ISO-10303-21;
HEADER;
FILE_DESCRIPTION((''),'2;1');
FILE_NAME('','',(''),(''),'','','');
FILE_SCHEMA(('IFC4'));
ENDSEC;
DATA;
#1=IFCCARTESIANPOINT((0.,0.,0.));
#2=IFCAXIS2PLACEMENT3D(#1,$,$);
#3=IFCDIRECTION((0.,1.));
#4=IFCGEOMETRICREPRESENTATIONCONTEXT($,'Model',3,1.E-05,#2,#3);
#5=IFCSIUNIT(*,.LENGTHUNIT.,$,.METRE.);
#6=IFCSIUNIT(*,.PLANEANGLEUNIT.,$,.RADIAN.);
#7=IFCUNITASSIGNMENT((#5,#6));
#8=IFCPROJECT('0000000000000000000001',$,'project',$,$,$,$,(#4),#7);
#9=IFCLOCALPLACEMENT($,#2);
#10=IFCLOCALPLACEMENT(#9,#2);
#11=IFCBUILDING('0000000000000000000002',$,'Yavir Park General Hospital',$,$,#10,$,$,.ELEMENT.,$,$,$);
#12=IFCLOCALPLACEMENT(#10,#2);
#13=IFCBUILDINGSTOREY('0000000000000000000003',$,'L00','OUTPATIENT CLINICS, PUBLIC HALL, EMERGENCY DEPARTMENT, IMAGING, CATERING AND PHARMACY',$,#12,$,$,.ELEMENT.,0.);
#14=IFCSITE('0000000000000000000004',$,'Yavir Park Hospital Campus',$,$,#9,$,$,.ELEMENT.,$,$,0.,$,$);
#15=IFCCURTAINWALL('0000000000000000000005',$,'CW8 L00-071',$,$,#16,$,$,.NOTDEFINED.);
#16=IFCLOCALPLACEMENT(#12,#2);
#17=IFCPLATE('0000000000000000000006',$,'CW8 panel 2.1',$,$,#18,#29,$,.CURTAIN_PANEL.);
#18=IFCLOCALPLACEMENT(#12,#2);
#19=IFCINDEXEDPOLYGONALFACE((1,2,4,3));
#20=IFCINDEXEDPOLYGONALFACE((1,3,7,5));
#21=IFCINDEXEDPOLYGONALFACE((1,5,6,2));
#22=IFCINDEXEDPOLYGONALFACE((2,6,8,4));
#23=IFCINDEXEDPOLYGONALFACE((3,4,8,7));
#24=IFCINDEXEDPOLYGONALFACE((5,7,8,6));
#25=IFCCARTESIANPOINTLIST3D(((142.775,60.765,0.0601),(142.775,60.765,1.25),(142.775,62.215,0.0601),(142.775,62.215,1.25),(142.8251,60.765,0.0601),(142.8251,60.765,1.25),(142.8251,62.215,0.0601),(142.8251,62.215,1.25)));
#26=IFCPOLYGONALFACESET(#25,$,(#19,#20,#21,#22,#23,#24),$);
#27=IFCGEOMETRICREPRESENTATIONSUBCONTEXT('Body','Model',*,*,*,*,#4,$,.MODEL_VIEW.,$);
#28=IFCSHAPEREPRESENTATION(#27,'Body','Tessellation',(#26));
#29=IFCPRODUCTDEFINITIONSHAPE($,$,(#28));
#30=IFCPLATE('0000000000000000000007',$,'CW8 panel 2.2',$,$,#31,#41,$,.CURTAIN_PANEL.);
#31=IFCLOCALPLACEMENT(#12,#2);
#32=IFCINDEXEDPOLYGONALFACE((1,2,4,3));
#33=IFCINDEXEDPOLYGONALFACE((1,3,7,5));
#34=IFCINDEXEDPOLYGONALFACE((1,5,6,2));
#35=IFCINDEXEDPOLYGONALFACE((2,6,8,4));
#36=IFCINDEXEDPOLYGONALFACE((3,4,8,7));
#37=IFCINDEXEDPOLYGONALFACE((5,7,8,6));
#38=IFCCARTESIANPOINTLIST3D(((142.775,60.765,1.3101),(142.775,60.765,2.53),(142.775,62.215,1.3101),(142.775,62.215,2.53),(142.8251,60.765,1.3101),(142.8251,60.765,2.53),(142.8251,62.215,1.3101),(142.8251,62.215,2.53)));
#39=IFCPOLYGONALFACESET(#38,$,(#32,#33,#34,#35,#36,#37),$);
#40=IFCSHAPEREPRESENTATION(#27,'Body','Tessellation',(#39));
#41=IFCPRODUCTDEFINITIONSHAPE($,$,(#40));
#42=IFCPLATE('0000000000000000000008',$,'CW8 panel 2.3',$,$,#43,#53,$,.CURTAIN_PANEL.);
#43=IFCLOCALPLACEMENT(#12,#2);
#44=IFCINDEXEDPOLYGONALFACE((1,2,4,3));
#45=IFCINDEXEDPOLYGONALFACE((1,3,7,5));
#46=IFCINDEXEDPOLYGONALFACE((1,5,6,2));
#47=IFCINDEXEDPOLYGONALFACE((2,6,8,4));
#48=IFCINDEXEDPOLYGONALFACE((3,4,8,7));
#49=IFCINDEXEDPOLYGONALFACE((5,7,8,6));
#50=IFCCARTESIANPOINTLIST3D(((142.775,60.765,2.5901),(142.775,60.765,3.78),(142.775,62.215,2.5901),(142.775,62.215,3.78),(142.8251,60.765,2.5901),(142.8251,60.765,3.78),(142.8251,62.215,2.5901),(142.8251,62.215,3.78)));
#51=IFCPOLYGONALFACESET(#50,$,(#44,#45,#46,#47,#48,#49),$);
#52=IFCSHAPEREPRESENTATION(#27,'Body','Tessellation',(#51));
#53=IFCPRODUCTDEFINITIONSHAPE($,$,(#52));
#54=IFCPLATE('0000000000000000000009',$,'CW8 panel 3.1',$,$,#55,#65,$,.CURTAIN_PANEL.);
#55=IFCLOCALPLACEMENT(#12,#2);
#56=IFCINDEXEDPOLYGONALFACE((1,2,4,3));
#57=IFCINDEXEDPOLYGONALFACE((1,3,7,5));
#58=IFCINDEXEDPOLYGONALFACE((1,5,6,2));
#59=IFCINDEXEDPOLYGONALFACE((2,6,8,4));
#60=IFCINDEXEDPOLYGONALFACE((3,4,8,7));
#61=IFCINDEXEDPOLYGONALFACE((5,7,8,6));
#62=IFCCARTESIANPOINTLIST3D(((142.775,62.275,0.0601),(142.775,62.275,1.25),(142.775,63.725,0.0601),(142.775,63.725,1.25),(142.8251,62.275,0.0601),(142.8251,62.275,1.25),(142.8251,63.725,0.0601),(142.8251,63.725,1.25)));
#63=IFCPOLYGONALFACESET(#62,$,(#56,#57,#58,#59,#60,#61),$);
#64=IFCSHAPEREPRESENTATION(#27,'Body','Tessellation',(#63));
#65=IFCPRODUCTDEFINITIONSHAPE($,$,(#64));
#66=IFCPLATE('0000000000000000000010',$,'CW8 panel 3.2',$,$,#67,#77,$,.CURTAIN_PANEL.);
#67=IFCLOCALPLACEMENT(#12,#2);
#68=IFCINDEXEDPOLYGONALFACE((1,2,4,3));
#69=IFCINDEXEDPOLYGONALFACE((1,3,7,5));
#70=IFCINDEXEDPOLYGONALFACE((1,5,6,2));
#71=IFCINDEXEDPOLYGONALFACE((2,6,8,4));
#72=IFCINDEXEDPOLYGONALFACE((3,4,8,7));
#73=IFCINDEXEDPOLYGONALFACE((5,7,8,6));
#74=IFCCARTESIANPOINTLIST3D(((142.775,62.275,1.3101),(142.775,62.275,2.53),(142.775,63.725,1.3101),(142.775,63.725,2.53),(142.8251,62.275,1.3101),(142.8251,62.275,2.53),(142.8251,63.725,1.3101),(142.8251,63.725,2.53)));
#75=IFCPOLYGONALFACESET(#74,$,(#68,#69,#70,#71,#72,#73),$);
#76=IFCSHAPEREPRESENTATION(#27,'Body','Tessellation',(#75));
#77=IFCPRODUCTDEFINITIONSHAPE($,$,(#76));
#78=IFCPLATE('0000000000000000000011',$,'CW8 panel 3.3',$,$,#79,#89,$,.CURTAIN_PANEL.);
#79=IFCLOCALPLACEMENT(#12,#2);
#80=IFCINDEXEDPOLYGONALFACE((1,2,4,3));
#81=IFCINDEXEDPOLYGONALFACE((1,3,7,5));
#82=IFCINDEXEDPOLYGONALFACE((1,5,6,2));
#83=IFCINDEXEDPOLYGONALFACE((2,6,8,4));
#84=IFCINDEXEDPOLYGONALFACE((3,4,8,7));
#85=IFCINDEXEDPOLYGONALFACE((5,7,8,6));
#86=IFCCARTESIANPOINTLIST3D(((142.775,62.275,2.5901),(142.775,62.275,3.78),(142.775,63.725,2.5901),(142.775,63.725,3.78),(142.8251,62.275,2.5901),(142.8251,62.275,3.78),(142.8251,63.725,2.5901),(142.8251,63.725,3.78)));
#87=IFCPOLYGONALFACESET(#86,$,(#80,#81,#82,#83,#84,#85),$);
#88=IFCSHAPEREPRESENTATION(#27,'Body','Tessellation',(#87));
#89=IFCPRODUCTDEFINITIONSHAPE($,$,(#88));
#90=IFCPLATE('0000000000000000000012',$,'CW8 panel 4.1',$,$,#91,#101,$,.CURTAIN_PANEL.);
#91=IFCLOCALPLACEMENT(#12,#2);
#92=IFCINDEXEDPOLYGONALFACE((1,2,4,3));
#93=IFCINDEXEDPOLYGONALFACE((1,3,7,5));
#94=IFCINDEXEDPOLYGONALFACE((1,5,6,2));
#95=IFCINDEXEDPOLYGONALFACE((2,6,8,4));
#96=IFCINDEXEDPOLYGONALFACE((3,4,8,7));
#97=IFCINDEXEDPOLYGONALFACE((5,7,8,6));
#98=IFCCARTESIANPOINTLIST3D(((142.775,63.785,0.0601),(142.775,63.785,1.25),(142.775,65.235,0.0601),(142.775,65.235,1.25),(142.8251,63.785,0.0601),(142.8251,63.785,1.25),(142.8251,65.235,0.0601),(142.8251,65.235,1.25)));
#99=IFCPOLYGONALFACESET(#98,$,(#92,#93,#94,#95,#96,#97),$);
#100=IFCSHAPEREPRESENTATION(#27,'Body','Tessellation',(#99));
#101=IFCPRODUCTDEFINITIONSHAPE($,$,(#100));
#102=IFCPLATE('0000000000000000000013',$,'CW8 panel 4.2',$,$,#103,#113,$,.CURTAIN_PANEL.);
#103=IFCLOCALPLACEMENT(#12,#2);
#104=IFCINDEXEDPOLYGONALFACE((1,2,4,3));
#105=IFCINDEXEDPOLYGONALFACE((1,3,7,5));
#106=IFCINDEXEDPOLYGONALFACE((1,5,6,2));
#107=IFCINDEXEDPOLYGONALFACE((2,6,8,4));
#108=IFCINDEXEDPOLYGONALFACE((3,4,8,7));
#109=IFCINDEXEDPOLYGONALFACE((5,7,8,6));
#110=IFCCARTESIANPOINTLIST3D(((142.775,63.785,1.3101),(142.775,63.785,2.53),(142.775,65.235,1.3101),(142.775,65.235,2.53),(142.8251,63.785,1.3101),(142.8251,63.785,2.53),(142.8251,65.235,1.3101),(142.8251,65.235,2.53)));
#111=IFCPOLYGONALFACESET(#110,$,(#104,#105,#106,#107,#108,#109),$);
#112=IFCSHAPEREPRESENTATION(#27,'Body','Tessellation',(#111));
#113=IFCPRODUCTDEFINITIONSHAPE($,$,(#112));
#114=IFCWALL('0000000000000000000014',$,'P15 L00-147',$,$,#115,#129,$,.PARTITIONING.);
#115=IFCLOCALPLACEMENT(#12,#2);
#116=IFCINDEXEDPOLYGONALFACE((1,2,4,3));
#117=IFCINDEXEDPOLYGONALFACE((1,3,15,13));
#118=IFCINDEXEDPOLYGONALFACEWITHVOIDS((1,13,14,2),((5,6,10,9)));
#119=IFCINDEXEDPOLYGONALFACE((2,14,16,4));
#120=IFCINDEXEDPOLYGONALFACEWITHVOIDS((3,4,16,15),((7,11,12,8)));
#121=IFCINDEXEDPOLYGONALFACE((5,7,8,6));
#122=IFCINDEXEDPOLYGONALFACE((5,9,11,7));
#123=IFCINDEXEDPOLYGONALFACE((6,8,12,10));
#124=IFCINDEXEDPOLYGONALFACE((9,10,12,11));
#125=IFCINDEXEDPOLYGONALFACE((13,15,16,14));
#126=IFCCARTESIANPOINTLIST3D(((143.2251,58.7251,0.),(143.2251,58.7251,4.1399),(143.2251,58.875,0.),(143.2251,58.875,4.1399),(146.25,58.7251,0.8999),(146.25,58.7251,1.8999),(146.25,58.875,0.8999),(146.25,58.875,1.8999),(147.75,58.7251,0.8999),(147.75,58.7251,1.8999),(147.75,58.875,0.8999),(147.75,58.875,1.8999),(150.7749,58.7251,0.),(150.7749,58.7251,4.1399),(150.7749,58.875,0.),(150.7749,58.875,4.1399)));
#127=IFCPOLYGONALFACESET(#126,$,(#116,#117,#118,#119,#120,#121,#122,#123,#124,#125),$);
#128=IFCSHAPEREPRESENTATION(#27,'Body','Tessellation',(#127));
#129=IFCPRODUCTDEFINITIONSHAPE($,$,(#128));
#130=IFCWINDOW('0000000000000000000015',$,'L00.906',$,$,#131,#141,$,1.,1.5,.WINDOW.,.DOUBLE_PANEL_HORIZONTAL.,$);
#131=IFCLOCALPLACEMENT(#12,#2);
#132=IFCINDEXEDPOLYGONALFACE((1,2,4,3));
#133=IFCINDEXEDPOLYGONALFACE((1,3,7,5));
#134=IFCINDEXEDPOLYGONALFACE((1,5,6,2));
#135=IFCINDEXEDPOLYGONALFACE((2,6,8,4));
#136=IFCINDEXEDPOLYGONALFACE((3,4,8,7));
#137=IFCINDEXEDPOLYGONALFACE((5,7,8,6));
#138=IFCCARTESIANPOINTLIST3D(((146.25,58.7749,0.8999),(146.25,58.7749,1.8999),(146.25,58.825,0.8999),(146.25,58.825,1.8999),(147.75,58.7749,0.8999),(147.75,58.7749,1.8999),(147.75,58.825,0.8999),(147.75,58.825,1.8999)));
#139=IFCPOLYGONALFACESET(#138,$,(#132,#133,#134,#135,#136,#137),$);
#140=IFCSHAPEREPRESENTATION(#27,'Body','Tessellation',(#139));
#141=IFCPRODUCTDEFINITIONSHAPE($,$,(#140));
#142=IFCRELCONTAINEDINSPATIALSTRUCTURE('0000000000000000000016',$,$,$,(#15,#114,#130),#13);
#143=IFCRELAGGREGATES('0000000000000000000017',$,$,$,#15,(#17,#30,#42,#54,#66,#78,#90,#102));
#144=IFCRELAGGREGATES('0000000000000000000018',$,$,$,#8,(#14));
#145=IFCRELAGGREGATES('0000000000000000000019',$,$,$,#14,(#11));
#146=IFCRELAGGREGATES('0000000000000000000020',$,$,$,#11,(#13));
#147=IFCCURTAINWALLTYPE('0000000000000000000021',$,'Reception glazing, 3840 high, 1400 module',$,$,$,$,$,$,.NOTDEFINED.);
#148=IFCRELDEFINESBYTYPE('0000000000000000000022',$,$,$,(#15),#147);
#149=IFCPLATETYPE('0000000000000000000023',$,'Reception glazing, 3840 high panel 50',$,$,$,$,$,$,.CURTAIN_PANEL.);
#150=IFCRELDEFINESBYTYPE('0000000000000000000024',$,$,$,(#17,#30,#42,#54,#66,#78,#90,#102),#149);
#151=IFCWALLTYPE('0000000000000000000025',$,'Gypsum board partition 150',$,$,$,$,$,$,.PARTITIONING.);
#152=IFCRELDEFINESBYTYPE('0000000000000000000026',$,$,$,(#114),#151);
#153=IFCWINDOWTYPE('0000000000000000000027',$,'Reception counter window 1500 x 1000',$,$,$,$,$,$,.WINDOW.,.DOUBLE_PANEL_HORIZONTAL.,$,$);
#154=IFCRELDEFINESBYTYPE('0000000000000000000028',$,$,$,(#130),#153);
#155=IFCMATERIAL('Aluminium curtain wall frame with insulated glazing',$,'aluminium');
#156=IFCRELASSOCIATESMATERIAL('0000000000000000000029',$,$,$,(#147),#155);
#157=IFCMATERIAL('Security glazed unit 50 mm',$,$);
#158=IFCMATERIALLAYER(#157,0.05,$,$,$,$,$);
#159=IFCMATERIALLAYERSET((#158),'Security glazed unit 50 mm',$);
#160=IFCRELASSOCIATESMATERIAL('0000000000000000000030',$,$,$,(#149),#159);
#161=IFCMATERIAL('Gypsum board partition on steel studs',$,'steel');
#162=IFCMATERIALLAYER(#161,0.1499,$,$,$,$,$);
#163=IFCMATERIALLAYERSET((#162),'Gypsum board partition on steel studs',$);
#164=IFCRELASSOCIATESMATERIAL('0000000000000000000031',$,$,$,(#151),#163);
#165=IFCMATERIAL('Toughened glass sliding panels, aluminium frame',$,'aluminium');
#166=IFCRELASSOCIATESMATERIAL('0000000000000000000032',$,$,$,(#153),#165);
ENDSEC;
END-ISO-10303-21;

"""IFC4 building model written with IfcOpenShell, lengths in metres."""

from ifc_helpers import new_model, si_unit, direction, frame, frame_2d, origin, origin_2d, place, context, subcontext, project, spatial, rectangle, extrude, material, layer, layer_set, type_object, element, fill, aggregate, save


model = new_model("IFC4")

# Units and contexts
model_context = context("Model", 3, precision=1e-05, world=origin(), true_north=direction((0.0, 1.0)))
body_context = subcontext(model_context, "Body", "Model", "MODEL_VIEW")
ifc_project = project(units=[si_unit("LENGTHUNIT", "METRE"), si_unit("PLANEANGLEUNIT", "RADIAN")], contexts=[model_context])

# Site, building, storey
site_placement = place(None, origin())
site = spatial("IfcSite", under=ifc_project, at=site_placement, Name="Yavir Park Hospital Campus", CompositionType="ELEMENT", RefElevation=0.0)
building_placement = place(site_placement, origin())
building = spatial("IfcBuilding", under=site, at=building_placement, Name="Yavir Park General Hospital", CompositionType="ELEMENT")
storey_placement = place(building_placement, origin())
storey = spatial("IfcBuildingStorey", under=building, at=storey_placement, Name="L00", Description="OUTPATIENT CLINICS, PUBLIC HALL, EMERGENCY DEPARTMENT, IMAGING, CATERING AND PHARMACY", CompositionType="ELEMENT", Elevation=0.0)

# Curtain wall, plates
ifc_material_1 = material(Name="Aluminium curtain wall frame with insulated glazing", Category="aluminium")
curtain_wall_type = type_object("IfcCurtainWallType", Name="Reception glazing, 3840 high, 1400 module", PredefinedType="NOTDEFINED", material=ifc_material_1)
curtain_wall_placement = place(storey_placement, origin())
curtain_wall = element("IfcCurtainWall", 1, at=curtain_wall_placement, inside=storey, type_object=curtain_wall_type, Name="CW8 L00-071", PredefinedType="NOTDEFINED")
ifc_material_2 = material(Name="Security glazed unit 50 mm")
ifc_layer_1 = layer(ifc_material_2, 0.05)
ifc_layer_set_1 = layer_set([ifc_layer_1], Name="Security glazed unit 50 mm")
plate_type = type_object("IfcPlateType", Name="Reception glazing, 3840 high panel 50", PredefinedType="CURTAIN_PANEL", material=ifc_layer_set_1)
plate_1_placement = place(storey_placement, frame((142.8, 61.49, 0.0601), z_axis=(0.0, 0.0, 1.0), x_axis=(0.0, 1.0, 0.0)))
plate_1 = element("IfcPlate", 2, at=plate_1_placement, type_object=plate_type, Name="CW8 panel 2.1", PredefinedType="CURTAIN_PANEL", context=body_context, shape_type="SweptSolid", body=[
    extrude(rectangle(XDim=1.45, YDim=0.05, at=origin_2d()), origin(), (0.0, 0.0, 1.0), 1.1899),
])
plate_2_placement = place(storey_placement, frame((142.8, 61.49, 1.3101), z_axis=(0.0, 0.0, 1.0), x_axis=(0.0, 1.0, 0.0)))
plate_2 = element("IfcPlate", 3, at=plate_2_placement, type_object=plate_type, Name="CW8 panel 2.2", PredefinedType="CURTAIN_PANEL", context=body_context, shape_type="SweptSolid", body=[
    extrude(rectangle(XDim=1.45, YDim=0.05, at=origin_2d()), origin(), (0.0, 0.0, 1.0), 1.22),
])
plate_3_placement = place(storey_placement, frame((142.8, 61.49, 2.5901), z_axis=(0.0, 0.0, 1.0), x_axis=(0.0, 1.0, 0.0)))
plate_3 = element("IfcPlate", 4, at=plate_3_placement, type_object=plate_type, Name="CW8 panel 2.3", PredefinedType="CURTAIN_PANEL", context=body_context, shape_type="SweptSolid", body=[
    extrude(rectangle(XDim=1.45, YDim=0.05, at=origin_2d()), origin(), (0.0, 0.0, 1.0), 1.1899),
])
plate_4_placement = place(storey_placement, frame((142.8, 63.0, 0.0601), z_axis=(0.0, 0.0, 1.0), x_axis=(0.0, 1.0, 0.0)))
plate_4 = element("IfcPlate", 5, at=plate_4_placement, type_object=plate_type, Name="CW8 panel 3.1", PredefinedType="CURTAIN_PANEL", context=body_context, shape_type="SweptSolid", body=[
    extrude(rectangle(XDim=1.45, YDim=0.05, at=origin_2d()), origin(), (0.0, 0.0, 1.0), 1.1899),
])
plate_5_placement = place(storey_placement, frame((142.8, 63.0, 1.3101), z_axis=(0.0, 0.0, 1.0), x_axis=(0.0, 1.0, 0.0)))
plate_5 = element("IfcPlate", 6, at=plate_5_placement, type_object=plate_type, Name="CW8 panel 3.2", PredefinedType="CURTAIN_PANEL", context=body_context, shape_type="SweptSolid", body=[
    extrude(rectangle(XDim=1.45, YDim=0.05, at=origin_2d()), origin(), (0.0, 0.0, 1.0), 1.22),
])
plate_6_placement = place(storey_placement, frame((142.8, 63.0, 2.5901), z_axis=(0.0, 0.0, 1.0), x_axis=(0.0, 1.0, 0.0)))
plate_6 = element("IfcPlate", 7, at=plate_6_placement, type_object=plate_type, Name="CW8 panel 3.3", PredefinedType="CURTAIN_PANEL", context=body_context, shape_type="SweptSolid", body=[
    extrude(rectangle(XDim=1.45, YDim=0.05, at=origin_2d()), origin(), (0.0, 0.0, 1.0), 1.1899),
])
plate_7_placement = place(storey_placement, frame((142.8, 64.51, 0.0601), z_axis=(0.0, 0.0, 1.0), x_axis=(0.0, 1.0, 0.0)))
plate_7 = element("IfcPlate", 8, at=plate_7_placement, type_object=plate_type, Name="CW8 panel 4.1", PredefinedType="CURTAIN_PANEL", context=body_context, shape_type="SweptSolid", body=[
    extrude(rectangle(XDim=1.45, YDim=0.05, at=origin_2d()), origin(), (0.0, 0.0, 1.0), 1.1899),
])
plate_8_placement = place(storey_placement, frame((142.8, 64.51, 1.3101), z_axis=(0.0, 0.0, 1.0), x_axis=(0.0, 1.0, 0.0)))
plate_8 = element("IfcPlate", 9, at=plate_8_placement, type_object=plate_type, Name="CW8 panel 4.2", PredefinedType="CURTAIN_PANEL", context=body_context, shape_type="SweptSolid", body=[
    extrude(rectangle(XDim=1.45, YDim=0.05, at=origin_2d()), origin(), (0.0, 0.0, 1.0), 1.22),
])
aggregate(curtain_wall, [plate_1, plate_2, plate_3, plate_4, plate_5, plate_6, plate_7, plate_8])

# Wall, opening, window
ifc_material_3 = material(Name="Gypsum board partition on steel studs", Category="steel")
ifc_layer_2 = layer(ifc_material_3, 0.1499)
ifc_layer_set_2 = layer_set([ifc_layer_2], Name="Gypsum board partition on steel studs")
wall_type = type_object("IfcWallType", Name="Gypsum board partition 150", PredefinedType="PARTITIONING", material=ifc_layer_set_2)
wall_placement = place(storey_placement, frame((143.2251, 58.8, 0.0), z_axis=(0.0, 0.0, 1.0), x_axis=(1.0, 0.0, 0.0)))
wall = element("IfcWall", 10, at=wall_placement, inside=storey, type_object=wall_type, Name="P15 L00-147", PredefinedType="PARTITIONING", context=body_context, shape_type="SweptSolid", body=[
    extrude(rectangle(XDim=7.5498, YDim=0.1499, at=frame_2d((3.7749, 0.0))), origin(), (0.0, 0.0, 1.0), 4.1399),
])
opening_placement = place(wall_placement, frame((3.0249, 0.0, 0.8999)))
opening = element("IfcOpeningElement", 11, at=opening_placement, cuts=wall, PredefinedType="OPENING", context=body_context, shape_type="SweptSolid", body=[
    extrude(rectangle(XDim=1.5, YDim=1.0, at=frame_2d((0.75, 0.5))), frame((0.0, 0.085, 0.0), z_axis=(0.0, -1.0, 0.0), x_axis=(1.0, 0.0, 0.0)), (0.0, 0.0, 1.0), 0.1699),
])
ifc_material_4 = material(Name="Toughened glass sliding panels, aluminium frame", Category="aluminium")
window_type = type_object("IfcWindowType", Name="Reception counter window 1500 x 1000", PartitioningType="DOUBLE_PANEL_HORIZONTAL", PredefinedType="WINDOW", material=ifc_material_4)
window_placement = place(opening_placement, origin())
window = element("IfcWindow", 12, at=window_placement, inside=storey, type_object=window_type, Name="L00.906", OverallHeight=1.0, OverallWidth=1.5, PartitioningType="DOUBLE_PANEL_HORIZONTAL", PredefinedType="WINDOW", context=body_context, shape_type="SweptSolid", body=[
    extrude(rectangle(XDim=1.5, YDim=1.0, at=frame_2d((0.75, 0.5))), frame((0.0, 0.0249, 0.0), z_axis=(0.0, -1.0, 0.0), x_axis=(1.0, 0.0, 0.0)), (0.0, 0.0, 1.0), 0.05),
])
fill(opening, window)

save(model, "model.ifc")
